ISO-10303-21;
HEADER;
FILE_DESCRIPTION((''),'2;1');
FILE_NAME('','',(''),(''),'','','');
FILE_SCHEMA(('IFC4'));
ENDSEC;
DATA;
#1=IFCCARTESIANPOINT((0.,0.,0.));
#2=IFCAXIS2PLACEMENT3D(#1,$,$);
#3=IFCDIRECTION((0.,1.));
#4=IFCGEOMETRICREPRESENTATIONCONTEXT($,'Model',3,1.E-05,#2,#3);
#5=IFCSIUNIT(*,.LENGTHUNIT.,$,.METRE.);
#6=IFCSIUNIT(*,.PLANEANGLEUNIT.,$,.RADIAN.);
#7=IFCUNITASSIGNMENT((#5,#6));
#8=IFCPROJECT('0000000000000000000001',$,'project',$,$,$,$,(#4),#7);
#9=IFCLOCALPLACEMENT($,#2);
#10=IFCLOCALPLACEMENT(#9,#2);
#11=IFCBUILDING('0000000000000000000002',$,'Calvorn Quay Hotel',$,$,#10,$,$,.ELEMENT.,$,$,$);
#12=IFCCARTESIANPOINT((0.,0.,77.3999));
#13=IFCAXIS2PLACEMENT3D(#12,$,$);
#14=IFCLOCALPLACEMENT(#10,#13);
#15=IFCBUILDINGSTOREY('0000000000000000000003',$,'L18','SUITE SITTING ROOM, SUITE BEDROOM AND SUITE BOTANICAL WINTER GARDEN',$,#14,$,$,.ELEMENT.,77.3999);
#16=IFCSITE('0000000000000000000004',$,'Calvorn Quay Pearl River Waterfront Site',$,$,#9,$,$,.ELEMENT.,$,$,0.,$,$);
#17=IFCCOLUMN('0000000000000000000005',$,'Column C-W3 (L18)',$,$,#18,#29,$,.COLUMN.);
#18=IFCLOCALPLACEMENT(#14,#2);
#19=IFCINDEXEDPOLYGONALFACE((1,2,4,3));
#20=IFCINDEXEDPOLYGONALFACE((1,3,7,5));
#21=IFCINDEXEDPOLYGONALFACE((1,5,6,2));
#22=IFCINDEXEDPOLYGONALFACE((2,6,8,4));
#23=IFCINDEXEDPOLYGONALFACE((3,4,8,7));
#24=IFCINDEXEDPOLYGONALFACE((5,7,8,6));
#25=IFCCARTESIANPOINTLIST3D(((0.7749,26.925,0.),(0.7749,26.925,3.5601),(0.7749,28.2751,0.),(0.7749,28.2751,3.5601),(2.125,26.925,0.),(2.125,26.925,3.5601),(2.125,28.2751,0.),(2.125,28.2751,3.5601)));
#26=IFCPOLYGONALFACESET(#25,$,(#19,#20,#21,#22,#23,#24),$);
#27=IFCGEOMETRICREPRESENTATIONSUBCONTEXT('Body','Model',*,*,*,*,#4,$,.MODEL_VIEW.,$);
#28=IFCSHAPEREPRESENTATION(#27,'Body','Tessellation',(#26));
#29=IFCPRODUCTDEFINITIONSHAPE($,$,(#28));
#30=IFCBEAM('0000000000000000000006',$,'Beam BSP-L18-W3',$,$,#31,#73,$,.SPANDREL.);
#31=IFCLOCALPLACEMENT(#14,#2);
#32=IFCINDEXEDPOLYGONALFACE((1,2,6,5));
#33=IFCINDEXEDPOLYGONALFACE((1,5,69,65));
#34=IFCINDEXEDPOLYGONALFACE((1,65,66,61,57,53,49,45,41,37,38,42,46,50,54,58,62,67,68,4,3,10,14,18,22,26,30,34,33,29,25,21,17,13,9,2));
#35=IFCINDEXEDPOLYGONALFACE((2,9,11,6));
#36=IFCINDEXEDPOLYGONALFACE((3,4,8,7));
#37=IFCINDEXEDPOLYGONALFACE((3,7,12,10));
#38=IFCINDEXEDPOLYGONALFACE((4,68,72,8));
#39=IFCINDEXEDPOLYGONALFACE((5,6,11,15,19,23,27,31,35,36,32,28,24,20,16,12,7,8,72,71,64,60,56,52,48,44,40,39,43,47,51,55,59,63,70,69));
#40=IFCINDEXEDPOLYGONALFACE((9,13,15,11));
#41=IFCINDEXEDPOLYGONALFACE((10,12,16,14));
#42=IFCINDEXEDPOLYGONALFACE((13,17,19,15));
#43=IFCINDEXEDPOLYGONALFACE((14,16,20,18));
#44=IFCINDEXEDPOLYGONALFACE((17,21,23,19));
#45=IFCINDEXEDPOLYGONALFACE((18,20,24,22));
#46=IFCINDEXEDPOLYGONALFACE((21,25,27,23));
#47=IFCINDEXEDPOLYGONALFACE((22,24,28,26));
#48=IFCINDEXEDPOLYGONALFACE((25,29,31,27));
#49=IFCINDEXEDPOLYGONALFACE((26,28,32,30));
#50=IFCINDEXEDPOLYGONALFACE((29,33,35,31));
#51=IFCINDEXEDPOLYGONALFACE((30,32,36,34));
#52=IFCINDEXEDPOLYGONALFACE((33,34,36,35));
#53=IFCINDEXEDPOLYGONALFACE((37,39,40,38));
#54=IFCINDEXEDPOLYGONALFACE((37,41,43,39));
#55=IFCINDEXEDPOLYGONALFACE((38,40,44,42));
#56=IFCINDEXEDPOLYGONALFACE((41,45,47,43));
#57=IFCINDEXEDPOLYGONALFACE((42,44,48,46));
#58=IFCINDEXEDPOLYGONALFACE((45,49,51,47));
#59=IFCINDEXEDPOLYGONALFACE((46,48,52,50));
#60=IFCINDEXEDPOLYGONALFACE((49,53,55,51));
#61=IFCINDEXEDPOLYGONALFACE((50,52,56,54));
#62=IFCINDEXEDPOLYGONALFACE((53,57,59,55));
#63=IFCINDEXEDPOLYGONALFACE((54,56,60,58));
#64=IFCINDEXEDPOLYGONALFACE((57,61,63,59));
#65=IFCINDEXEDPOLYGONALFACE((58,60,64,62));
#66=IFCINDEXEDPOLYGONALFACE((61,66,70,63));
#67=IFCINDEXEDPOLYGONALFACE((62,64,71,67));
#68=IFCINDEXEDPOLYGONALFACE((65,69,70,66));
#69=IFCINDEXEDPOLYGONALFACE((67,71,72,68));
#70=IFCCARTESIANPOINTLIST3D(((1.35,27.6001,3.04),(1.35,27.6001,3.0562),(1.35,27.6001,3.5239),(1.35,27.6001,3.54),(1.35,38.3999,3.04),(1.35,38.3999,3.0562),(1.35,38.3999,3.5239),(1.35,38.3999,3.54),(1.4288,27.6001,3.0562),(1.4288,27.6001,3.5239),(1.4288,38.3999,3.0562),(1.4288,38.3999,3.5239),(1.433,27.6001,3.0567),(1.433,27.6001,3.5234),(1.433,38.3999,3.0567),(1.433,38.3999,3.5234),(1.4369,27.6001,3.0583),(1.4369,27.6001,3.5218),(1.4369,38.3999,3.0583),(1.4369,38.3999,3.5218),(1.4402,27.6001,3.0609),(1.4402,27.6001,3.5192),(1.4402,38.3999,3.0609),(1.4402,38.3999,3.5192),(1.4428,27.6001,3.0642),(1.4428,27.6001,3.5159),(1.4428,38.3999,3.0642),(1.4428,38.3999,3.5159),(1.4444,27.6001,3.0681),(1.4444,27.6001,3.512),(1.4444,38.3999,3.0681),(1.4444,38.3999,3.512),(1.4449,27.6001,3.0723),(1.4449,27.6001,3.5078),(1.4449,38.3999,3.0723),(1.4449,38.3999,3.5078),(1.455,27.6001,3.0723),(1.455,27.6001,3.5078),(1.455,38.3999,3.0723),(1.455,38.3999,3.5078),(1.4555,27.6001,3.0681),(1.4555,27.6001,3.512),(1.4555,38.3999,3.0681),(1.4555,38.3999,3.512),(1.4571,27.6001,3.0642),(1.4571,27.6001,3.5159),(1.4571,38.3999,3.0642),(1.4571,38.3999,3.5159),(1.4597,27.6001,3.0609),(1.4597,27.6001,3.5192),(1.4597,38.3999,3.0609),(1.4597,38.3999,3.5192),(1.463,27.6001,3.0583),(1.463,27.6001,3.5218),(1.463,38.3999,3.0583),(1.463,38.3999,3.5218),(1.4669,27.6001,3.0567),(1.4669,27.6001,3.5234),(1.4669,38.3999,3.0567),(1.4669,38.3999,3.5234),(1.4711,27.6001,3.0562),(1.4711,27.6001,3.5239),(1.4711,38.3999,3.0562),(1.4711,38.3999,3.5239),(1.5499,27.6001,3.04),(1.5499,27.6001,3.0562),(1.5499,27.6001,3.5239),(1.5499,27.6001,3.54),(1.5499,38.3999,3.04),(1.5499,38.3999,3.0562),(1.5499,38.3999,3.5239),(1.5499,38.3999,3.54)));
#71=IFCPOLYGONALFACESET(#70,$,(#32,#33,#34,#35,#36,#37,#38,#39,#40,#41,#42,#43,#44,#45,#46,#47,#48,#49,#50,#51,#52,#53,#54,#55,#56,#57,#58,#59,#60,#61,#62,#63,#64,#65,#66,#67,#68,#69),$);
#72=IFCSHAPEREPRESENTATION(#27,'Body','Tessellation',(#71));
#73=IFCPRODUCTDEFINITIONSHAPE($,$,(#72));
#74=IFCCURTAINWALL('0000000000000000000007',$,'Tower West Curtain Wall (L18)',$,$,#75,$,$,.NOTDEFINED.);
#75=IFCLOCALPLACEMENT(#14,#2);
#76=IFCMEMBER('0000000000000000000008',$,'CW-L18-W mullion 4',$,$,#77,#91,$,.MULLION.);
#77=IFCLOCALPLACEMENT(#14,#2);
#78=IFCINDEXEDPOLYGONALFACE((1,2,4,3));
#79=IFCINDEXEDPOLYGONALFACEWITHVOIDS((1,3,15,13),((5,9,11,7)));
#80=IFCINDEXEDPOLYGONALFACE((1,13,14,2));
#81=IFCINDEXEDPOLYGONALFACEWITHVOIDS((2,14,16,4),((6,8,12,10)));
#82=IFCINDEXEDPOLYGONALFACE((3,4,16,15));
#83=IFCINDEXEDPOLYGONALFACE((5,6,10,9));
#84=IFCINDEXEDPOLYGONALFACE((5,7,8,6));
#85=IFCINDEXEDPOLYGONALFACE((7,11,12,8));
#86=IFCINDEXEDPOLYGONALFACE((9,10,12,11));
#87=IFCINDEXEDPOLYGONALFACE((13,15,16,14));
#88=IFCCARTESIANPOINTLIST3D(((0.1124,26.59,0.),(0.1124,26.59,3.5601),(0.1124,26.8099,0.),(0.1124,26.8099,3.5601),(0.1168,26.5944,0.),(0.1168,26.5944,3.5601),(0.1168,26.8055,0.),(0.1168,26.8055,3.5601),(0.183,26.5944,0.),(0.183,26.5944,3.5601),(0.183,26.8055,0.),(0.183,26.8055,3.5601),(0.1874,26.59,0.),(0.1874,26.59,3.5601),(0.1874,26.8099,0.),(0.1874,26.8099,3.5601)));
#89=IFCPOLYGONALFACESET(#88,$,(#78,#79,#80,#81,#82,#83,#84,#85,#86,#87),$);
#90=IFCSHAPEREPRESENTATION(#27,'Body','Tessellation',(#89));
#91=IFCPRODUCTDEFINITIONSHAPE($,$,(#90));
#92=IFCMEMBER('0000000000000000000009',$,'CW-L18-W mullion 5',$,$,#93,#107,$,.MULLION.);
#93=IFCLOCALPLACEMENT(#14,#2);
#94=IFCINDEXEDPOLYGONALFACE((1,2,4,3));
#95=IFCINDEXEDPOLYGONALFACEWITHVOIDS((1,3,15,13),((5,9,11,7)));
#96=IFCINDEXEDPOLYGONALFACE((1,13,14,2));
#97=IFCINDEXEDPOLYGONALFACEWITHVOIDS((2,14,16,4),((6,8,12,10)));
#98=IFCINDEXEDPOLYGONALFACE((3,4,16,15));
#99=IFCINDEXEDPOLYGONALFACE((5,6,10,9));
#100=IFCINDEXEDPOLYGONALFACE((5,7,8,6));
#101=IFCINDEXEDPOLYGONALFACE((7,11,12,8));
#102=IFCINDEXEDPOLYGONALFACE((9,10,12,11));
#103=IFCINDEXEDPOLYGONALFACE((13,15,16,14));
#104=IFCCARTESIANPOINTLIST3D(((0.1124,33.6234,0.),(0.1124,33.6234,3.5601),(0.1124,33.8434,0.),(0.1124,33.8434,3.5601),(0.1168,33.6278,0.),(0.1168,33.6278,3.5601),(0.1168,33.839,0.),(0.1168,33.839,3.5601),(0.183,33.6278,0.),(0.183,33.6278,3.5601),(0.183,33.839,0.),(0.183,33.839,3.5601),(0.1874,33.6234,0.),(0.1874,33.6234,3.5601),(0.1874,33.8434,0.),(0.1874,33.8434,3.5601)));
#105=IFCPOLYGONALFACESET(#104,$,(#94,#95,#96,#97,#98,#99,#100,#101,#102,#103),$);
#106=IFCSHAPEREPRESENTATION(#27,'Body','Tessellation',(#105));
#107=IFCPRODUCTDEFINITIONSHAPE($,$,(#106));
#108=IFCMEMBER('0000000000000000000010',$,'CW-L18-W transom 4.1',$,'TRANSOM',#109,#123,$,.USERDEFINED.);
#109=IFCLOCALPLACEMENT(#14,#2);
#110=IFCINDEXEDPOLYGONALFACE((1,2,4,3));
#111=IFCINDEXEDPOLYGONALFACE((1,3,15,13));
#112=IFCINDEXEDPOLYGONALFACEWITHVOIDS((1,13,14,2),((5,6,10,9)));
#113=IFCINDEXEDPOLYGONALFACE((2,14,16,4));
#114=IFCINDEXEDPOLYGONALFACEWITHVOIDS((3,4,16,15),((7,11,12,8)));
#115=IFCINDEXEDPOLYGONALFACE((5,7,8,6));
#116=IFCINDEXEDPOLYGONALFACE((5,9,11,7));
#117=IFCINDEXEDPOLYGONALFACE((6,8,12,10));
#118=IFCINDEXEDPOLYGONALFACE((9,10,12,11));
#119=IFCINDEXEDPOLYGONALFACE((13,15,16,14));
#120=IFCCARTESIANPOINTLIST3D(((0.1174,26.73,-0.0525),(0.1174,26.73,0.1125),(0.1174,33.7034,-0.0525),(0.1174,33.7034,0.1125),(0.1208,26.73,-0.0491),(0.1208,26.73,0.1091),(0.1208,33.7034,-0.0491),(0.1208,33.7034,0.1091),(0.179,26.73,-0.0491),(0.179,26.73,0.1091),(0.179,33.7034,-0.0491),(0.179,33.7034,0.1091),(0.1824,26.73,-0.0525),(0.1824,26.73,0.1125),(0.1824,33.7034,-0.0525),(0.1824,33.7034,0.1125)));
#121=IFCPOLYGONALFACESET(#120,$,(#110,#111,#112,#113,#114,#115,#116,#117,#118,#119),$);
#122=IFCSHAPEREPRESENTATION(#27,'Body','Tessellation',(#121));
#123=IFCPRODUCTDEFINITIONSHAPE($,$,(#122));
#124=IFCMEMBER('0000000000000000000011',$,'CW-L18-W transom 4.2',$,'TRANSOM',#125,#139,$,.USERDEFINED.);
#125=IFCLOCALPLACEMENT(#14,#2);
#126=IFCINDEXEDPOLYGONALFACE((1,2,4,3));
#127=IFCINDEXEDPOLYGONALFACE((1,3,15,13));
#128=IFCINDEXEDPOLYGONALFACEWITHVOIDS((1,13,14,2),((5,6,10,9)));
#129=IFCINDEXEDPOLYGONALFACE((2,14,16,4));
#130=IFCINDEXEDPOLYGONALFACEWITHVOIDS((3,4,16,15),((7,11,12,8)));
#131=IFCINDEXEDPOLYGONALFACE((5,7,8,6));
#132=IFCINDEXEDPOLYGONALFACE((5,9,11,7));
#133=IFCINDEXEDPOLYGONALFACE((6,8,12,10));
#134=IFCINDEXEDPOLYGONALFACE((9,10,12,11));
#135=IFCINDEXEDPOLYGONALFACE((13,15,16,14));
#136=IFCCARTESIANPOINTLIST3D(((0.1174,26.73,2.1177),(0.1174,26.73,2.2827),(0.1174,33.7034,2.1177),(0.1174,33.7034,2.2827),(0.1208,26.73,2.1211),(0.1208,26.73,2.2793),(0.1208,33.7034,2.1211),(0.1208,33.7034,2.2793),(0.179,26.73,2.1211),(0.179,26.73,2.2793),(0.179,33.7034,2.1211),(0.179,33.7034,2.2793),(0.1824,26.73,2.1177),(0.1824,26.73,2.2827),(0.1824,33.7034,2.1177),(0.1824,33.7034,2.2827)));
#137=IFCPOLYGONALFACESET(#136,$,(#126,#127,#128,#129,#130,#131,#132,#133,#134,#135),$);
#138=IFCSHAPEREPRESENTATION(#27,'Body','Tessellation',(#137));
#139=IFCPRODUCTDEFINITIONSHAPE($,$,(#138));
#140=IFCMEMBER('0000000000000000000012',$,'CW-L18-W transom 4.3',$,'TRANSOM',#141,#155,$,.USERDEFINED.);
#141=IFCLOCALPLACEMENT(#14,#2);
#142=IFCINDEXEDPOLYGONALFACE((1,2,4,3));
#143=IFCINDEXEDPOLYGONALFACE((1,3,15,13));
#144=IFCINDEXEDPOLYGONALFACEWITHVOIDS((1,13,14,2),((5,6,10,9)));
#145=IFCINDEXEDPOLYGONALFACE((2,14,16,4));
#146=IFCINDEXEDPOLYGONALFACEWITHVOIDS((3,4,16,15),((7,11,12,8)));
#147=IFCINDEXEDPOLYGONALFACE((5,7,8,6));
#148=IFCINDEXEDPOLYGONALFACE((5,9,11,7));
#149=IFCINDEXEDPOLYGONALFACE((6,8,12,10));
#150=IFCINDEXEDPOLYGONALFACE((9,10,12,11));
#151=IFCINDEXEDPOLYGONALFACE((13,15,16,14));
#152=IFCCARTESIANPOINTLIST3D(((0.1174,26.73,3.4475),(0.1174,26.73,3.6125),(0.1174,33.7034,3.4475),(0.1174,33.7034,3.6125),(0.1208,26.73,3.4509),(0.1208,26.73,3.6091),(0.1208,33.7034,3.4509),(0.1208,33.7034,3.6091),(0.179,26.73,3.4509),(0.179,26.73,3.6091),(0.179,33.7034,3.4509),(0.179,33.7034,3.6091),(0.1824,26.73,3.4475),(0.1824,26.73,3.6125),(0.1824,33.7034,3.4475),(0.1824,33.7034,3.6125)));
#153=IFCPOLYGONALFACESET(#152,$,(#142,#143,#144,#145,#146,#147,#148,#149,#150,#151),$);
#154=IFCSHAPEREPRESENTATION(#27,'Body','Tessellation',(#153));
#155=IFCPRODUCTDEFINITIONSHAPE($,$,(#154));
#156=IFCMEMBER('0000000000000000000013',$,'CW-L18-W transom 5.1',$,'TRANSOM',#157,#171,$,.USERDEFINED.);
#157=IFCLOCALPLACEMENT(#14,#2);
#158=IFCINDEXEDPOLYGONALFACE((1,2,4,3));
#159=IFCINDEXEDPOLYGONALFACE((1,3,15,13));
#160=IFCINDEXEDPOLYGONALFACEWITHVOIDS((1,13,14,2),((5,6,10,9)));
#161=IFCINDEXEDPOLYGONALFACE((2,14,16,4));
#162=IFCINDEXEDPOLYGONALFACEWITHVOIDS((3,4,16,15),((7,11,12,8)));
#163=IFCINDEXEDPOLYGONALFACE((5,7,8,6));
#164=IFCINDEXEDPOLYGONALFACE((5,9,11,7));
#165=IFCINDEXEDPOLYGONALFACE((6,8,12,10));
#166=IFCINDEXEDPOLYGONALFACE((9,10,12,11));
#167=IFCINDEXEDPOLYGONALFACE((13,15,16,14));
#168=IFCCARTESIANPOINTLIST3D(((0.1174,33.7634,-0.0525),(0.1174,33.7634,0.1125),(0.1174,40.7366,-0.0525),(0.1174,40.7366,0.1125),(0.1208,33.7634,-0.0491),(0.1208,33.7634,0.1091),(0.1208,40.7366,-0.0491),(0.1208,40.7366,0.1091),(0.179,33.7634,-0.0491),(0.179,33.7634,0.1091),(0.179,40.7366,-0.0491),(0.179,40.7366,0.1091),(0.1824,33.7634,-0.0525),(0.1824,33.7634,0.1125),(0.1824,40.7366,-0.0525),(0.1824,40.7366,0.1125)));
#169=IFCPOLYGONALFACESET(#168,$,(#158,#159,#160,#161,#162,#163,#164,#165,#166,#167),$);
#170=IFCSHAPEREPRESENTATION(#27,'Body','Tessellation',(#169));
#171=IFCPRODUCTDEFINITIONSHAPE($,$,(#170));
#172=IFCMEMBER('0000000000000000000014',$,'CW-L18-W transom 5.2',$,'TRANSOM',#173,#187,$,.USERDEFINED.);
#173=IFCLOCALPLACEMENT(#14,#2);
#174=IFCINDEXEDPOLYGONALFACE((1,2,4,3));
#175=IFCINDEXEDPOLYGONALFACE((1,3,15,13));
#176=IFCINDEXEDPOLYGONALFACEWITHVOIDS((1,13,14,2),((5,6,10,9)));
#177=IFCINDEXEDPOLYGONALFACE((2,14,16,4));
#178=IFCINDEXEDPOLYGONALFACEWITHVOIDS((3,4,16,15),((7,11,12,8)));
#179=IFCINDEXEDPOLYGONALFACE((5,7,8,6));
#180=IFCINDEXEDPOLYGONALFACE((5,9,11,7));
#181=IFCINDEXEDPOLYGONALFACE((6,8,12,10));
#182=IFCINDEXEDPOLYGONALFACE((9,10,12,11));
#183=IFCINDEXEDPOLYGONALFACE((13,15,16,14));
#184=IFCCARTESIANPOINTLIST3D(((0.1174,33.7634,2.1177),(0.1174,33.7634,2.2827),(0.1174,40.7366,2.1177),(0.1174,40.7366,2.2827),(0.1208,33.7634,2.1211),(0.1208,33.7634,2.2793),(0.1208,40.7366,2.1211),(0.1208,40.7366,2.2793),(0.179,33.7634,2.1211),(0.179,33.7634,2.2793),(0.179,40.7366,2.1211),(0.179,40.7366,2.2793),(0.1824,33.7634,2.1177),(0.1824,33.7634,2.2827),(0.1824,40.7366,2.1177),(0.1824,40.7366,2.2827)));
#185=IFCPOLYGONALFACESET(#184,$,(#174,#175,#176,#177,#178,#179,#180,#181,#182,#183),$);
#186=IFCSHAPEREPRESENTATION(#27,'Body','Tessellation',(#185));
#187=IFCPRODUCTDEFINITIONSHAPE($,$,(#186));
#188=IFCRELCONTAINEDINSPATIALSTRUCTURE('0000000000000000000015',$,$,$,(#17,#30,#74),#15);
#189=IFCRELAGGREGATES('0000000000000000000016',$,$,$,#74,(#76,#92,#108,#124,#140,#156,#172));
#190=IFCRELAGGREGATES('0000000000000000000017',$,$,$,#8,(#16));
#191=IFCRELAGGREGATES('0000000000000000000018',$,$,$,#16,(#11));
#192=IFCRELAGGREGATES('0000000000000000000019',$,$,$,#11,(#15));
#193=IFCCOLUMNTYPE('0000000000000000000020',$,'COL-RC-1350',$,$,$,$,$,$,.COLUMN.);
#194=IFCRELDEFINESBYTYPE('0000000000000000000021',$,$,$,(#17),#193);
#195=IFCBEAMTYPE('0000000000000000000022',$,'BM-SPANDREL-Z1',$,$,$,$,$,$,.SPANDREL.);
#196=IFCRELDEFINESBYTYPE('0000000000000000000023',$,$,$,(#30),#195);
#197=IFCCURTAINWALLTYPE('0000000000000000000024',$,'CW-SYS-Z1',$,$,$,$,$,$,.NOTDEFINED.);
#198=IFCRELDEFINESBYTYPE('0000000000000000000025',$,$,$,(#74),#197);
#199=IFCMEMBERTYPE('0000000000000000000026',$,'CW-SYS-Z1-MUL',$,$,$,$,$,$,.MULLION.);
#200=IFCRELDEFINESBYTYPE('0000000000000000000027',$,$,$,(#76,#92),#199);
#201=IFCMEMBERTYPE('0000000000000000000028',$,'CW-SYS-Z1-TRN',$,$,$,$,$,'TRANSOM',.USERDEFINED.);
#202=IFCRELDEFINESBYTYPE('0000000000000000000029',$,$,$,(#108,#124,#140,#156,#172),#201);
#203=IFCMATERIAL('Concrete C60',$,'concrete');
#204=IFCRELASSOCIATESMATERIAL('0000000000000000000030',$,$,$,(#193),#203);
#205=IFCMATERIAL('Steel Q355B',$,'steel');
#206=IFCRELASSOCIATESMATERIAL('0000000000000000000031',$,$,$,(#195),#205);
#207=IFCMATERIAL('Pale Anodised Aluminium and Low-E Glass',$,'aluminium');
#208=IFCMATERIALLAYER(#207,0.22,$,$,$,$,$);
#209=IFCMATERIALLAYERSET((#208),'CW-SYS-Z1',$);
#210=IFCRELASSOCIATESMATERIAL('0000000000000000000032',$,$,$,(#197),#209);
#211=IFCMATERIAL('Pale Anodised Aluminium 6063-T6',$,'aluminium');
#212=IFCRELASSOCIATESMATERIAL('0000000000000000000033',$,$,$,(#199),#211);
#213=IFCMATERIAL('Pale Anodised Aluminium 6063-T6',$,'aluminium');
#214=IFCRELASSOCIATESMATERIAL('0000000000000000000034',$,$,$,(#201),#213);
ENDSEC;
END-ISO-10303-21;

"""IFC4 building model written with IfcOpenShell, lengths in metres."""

from ifc_helpers import new_model, si_unit, direction, frame, origin, origin_2d, place, context, subcontext, project, spatial, rectangle, hollow_rectangle, i_section, extrude, material, layer, layer_set, material_profile, profile_set, type_object, element, aggregate, save


model = new_model("IFC4")

# Units and contexts
model_context = context("Model", 3, precision=1e-05, world=origin(), true_north=direction((0.0, 1.0)))
body_context = subcontext(model_context, "Body", "Model", "MODEL_VIEW")
ifc_project = project(units=[si_unit("LENGTHUNIT", "METRE"), si_unit("PLANEANGLEUNIT", "RADIAN")], contexts=[model_context])

# Site, building, storey
site_placement = place(None, origin())
site = spatial("IfcSite", under=ifc_project, at=site_placement, Name="Calvorn Quay Pearl River Waterfront Site", CompositionType="ELEMENT", RefElevation=0.0)
building_placement = place(site_placement, origin())
building = spatial("IfcBuilding", under=site, at=building_placement, Name="Calvorn Quay Hotel", CompositionType="ELEMENT")
storey_placement = place(building_placement, frame((0.0, 0.0, 77.3999)))
storey = spatial("IfcBuildingStorey", under=building, at=storey_placement, Name="L18", Description="SUITE SITTING ROOM, SUITE BEDROOM AND SUITE BOTANICAL WINTER GARDEN", CompositionType="ELEMENT", Elevation=77.3999)

# Column
ifc_material_1 = material(Name="Concrete C60", Category="concrete")
ifc_material_profile_1 = material_profile(ifc_material_1, rectangle(XDim=1.3501, YDim=1.3501, at=origin_2d()), Name="RC1350x1350")
ifc_profile_set_1 = profile_set([ifc_material_profile_1], Name="Concrete C60")
column_type = type_object("IfcColumnType", Name="COL-RC-1350", PredefinedType="COLUMN", material=ifc_profile_set_1)
column_placement = place(storey_placement, frame((1.45, 27.6001, 0.0), z_axis=(0.0, 0.0, 1.0), x_axis=(1.0, 0.0, 0.0)))
element("IfcColumn", 1, at=column_placement, inside=storey, type_object=column_type, Name="Column C-W3 (L18)", PredefinedType="COLUMN", context=body_context, shape_type="SweptSolid", body=[
    extrude(rectangle(XDim=1.3501, YDim=1.3501, at=origin_2d()), origin(), (0.0, 0.0, 1.0), 3.5601),
])

# Beam
ifc_material_2 = material(Name="Steel Q355B", Category="steel")
ifc_material_profile_2 = material_profile(ifc_material_2, i_section(OverallWidth=0.2, OverallDepth=0.5, WebThickness=0.01, FlangeThickness=0.0161, FilletRadius=0.0161, at=origin_2d()), Name="HN500x200x10x16")
ifc_profile_set_2 = profile_set([ifc_material_profile_2], Name="Steel Q355B")
beam_type = type_object("IfcBeamType", Name="BM-SPANDREL-Z1", PredefinedType="SPANDREL", material=ifc_profile_set_2)
beam_placement = place(storey_placement, frame((1.45, 27.6001, 3.29), z_axis=(0.0, 1.0, 0.0), x_axis=(-1.0, 0.0, 0.0)))
element("IfcBeam", 2, at=beam_placement, inside=storey, type_object=beam_type, Name="Beam BSP-L18-W3", PredefinedType="SPANDREL", context=body_context, shape_type="SweptSolid", body=[
    extrude(i_section(OverallWidth=0.2, OverallDepth=0.5, WebThickness=0.01, FlangeThickness=0.0161, FilletRadius=0.0161, at=origin_2d()), origin(), (0.0, 0.0, 1.0), 10.7998),
])

# Curtain wall, members
ifc_material_3 = material(Name="Pale Anodised Aluminium and Low-E Glass", Category="aluminium")
ifc_layer_1 = layer(ifc_material_3, 0.22)
ifc_layer_set_1 = layer_set([ifc_layer_1], Name="CW-SYS-Z1")
curtain_wall_type = type_object("IfcCurtainWallType", Name="CW-SYS-Z1", PredefinedType="NOTDEFINED", material=ifc_layer_set_1)
curtain_wall_placement = place(storey_placement, origin())
curtain_wall = element("IfcCurtainWall", 3, at=curtain_wall_placement, inside=storey, type_object=curtain_wall_type, Name="Tower West Curtain Wall (L18)", PredefinedType="NOTDEFINED")
ifc_material_4 = material(Name="Pale Anodised Aluminium 6063-T6", Category="aluminium")
ifc_material_profile_3 = material_profile(ifc_material_4, hollow_rectangle(XDim=0.075, YDim=0.22, WallThickness=0.0044, at=origin_2d()), Name="ALU-M220x75x4.5")
ifc_profile_set_3 = profile_set([ifc_material_profile_3], Name="Pale Anodised Aluminium 6063-T6")
member_type_1 = type_object("IfcMemberType", Name="CW-SYS-Z1-MUL", PredefinedType="MULLION", material=ifc_profile_set_3)
member_1_placement = place(storey_placement, frame((0.1499, 26.7, 0.0), z_axis=(0.0, 0.0, 1.0), x_axis=(-1.0, 0.0, 0.0)))
member_1 = element("IfcMember", 4, at=member_1_placement, type_object=member_type_1, Name="CW-L18-W mullion 4", PredefinedType="MULLION", context=body_context, shape_type="SweptSolid", body=[
    extrude(hollow_rectangle(XDim=0.075, YDim=0.22, WallThickness=0.0044, at=origin_2d()), origin(), (0.0, 0.0, 1.0), 3.5601),
])
member_2_placement = place(storey_placement, frame((0.1499, 33.7334, 0.0), z_axis=(0.0, 0.0, 1.0), x_axis=(-1.0, 0.0, 0.0)))
member_2 = element("IfcMember", 5, at=member_2_placement, type_object=member_type_1, Name="CW-L18-W mullion 5", PredefinedType="MULLION", context=body_context, shape_type="SweptSolid", body=[
    extrude(hollow_rectangle(XDim=0.075, YDim=0.22, WallThickness=0.0044, at=origin_2d()), origin(), (0.0, 0.0, 1.0), 3.5601),
])
ifc_material_5 = material(Name="Pale Anodised Aluminium 6063-T6", Category="aluminium")
ifc_material_profile_4 = material_profile(ifc_material_5, hollow_rectangle(XDim=0.0649, YDim=0.165, WallThickness=0.0034, at=origin_2d()), Name="ALU-T165x65x3.5")
ifc_profile_set_4 = profile_set([ifc_material_profile_4], Name="Pale Anodised Aluminium 6063-T6")
member_type_2 = type_object("IfcMemberType", Name="CW-SYS-Z1-TRN", ElementType="TRANSOM", PredefinedType="USERDEFINED", material=ifc_profile_set_4)
member_3_placement = place(storey_placement, frame((0.1499, 26.73, 0.03), z_axis=(0.0, 1.0, 0.0), x_axis=(-1.0, 0.0, 0.0)))
member_3 = element("IfcMember", 6, at=member_3_placement, type_object=member_type_2, Name="CW-L18-W transom 4.1", ObjectType="TRANSOM", PredefinedType="USERDEFINED", context=body_context, shape_type="SweptSolid", body=[
    extrude(hollow_rectangle(XDim=0.0649, YDim=0.165, WallThickness=0.0034, at=origin_2d()), origin(), (0.0, 0.0, 1.0), 6.9734),
])
member_4_placement = place(storey_placement, frame((0.1499, 26.73, 2.2002), z_axis=(0.0, 1.0, 0.0), x_axis=(-1.0, 0.0, 0.0)))
member_4 = element("IfcMember", 7, at=member_4_placement, type_object=member_type_2, Name="CW-L18-W transom 4.2", ObjectType="TRANSOM", PredefinedType="USERDEFINED", context=body_context, shape_type="SweptSolid", body=[
    extrude(hollow_rectangle(XDim=0.0649, YDim=0.165, WallThickness=0.0034, at=origin_2d()), origin(), (0.0, 0.0, 1.0), 6.9734),
])
member_5_placement = place(storey_placement, frame((0.1499, 26.73, 3.53), z_axis=(0.0, 1.0, 0.0), x_axis=(-1.0, 0.0, 0.0)))
member_5 = element("IfcMember", 8, at=member_5_placement, type_object=member_type_2, Name="CW-L18-W transom 4.3", ObjectType="TRANSOM", PredefinedType="USERDEFINED", context=body_context, shape_type="SweptSolid", body=[
    extrude(hollow_rectangle(XDim=0.0649, YDim=0.165, WallThickness=0.0034, at=origin_2d()), origin(), (0.0, 0.0, 1.0), 6.9734),
])
member_6_placement = place(storey_placement, frame((0.1499, 33.7634, 0.03), z_axis=(0.0, 1.0, 0.0), x_axis=(-1.0, 0.0, 0.0)))
member_6 = element("IfcMember", 9, at=member_6_placement, type_object=member_type_2, Name="CW-L18-W transom 5.1", ObjectType="TRANSOM", PredefinedType="USERDEFINED", context=body_context, shape_type="SweptSolid", body=[
    extrude(hollow_rectangle(XDim=0.0649, YDim=0.165, WallThickness=0.0034, at=origin_2d()), origin(), (0.0, 0.0, 1.0), 6.9731),
])
member_7_placement = place(storey_placement, frame((0.1499, 33.7634, 2.2002), z_axis=(0.0, 1.0, 0.0), x_axis=(-1.0, 0.0, 0.0)))
member_7 = element("IfcMember", 10, at=member_7_placement, type_object=member_type_2, Name="CW-L18-W transom 5.2", ObjectType="TRANSOM", PredefinedType="USERDEFINED", context=body_context, shape_type="SweptSolid", body=[
    extrude(hollow_rectangle(XDim=0.0649, YDim=0.165, WallThickness=0.0034, at=origin_2d()), origin(), (0.0, 0.0, 1.0), 6.9731),
])
aggregate(curtain_wall, [member_1, member_2, member_3, member_4, member_5, member_6, member_7])

save(model, "model.ifc")
